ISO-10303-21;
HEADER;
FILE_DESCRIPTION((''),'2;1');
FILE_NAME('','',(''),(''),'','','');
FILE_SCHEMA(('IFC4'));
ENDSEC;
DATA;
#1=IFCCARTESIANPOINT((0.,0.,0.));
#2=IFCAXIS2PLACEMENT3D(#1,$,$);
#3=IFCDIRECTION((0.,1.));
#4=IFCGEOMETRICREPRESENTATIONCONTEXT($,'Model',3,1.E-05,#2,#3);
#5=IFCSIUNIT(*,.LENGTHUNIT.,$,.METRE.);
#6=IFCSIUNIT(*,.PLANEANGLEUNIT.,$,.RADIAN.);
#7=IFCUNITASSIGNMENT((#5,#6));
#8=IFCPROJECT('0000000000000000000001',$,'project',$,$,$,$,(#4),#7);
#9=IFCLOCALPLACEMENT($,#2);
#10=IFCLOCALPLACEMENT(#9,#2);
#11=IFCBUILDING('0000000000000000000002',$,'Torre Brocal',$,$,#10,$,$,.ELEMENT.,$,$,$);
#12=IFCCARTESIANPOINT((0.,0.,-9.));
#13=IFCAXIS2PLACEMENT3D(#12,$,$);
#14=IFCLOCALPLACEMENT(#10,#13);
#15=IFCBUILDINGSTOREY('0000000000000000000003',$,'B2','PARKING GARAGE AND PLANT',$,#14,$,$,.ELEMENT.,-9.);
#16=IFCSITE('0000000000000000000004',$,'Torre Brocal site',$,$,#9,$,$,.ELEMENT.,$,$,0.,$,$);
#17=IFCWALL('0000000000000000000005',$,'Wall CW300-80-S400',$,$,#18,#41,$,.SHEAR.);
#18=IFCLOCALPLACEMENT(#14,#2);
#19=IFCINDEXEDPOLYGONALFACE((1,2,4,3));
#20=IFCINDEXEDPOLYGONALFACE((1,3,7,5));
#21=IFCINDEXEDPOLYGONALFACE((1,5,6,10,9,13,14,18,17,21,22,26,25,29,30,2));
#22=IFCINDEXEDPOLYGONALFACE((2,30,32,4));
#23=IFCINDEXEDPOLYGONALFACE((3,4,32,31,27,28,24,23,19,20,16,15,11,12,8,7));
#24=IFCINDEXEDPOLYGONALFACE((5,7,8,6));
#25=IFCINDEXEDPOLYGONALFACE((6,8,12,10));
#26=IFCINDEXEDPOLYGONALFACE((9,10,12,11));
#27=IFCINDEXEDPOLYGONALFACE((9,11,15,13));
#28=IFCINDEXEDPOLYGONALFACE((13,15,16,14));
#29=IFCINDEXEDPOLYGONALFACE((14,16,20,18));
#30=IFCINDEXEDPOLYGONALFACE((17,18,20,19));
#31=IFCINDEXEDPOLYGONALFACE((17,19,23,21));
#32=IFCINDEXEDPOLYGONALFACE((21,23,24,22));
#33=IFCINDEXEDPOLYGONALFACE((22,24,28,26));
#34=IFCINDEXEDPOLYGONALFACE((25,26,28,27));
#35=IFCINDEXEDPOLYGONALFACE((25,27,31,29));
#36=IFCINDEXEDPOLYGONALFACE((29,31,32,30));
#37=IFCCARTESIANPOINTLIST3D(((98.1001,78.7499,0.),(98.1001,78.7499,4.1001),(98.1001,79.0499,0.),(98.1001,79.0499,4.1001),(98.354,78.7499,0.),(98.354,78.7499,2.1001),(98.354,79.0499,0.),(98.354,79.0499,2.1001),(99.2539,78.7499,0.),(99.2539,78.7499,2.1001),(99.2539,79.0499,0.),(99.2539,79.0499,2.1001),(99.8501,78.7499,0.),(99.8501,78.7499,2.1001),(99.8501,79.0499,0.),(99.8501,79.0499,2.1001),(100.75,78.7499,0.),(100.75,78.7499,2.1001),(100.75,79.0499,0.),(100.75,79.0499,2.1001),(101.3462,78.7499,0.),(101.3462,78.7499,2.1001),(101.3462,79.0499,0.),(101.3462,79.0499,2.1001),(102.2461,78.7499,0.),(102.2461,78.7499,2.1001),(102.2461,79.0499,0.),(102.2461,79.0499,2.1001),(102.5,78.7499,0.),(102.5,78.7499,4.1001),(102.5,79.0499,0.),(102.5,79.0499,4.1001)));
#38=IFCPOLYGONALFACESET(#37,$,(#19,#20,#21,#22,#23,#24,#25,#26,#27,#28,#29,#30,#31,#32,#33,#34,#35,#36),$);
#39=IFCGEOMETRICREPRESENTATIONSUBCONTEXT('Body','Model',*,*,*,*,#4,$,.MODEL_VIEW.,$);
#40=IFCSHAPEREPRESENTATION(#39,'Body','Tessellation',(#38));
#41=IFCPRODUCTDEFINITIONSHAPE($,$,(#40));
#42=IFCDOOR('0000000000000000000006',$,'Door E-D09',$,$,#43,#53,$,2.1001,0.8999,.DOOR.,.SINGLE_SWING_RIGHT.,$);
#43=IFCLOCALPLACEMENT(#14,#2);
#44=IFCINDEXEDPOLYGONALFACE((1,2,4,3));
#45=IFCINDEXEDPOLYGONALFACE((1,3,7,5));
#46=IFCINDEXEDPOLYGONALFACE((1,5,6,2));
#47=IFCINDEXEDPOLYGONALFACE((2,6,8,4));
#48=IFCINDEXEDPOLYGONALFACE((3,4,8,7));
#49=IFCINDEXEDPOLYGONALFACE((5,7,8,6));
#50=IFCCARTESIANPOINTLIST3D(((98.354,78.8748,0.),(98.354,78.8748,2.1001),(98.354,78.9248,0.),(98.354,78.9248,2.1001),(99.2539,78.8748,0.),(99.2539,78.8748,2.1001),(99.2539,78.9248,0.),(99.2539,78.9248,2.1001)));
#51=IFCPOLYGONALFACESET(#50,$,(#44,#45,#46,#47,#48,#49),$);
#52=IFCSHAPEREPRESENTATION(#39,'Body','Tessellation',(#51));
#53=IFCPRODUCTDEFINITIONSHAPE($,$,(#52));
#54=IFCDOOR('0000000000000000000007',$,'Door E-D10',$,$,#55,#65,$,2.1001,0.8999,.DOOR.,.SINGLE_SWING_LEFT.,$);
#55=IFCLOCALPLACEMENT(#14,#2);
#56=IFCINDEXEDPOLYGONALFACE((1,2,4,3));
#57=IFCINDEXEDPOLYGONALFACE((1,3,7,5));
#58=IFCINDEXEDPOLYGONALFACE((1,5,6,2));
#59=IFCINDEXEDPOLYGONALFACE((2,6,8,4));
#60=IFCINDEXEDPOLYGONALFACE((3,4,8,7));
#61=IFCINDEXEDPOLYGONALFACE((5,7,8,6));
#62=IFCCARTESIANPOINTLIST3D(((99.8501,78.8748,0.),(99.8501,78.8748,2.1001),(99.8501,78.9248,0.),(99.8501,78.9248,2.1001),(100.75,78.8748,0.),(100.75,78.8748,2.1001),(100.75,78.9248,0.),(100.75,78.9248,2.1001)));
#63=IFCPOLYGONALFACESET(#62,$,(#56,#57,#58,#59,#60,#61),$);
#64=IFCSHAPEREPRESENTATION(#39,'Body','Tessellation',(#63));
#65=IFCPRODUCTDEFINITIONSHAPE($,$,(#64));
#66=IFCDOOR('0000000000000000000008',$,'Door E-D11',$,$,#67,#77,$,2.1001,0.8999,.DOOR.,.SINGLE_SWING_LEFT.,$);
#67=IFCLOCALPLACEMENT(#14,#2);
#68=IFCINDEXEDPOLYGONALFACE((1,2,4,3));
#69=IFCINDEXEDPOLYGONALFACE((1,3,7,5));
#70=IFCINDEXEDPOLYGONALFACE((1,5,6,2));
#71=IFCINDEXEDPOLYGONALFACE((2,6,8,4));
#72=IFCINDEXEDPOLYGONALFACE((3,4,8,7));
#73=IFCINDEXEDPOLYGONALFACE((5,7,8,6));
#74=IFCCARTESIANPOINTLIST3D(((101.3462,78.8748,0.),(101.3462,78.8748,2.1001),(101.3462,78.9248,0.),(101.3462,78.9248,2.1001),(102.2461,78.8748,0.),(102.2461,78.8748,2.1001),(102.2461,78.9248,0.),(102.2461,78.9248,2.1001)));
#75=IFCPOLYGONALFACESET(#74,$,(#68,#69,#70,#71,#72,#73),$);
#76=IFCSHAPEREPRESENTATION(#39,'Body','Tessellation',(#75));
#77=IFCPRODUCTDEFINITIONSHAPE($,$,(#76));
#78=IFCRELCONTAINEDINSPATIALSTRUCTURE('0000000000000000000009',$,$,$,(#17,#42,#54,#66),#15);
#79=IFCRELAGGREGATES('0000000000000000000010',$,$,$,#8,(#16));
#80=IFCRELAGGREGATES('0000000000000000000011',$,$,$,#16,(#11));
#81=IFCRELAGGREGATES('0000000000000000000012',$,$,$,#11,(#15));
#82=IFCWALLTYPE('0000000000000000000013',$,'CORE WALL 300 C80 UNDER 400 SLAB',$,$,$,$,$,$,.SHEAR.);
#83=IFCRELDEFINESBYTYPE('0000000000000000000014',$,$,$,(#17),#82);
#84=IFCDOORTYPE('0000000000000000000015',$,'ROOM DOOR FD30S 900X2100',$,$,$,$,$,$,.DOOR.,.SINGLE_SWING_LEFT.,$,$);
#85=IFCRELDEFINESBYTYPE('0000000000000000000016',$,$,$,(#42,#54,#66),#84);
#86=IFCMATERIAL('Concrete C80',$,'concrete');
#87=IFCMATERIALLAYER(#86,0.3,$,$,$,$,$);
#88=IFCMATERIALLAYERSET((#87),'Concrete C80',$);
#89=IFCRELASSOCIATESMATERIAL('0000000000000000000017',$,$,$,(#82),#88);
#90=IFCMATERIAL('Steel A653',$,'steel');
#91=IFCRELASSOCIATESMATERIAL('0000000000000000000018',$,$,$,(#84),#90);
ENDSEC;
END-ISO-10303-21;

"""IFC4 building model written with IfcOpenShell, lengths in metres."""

from ifc_helpers import new_model, si_unit, direction, frame, frame_2d, origin, place, context, subcontext, project, spatial, rectangle, extrude, material, layer, layer_set, type_object, element, fill, save


model = new_model("IFC4")

# Units and contexts
model_context = context("Model", 3, precision=1e-05, world=origin(), true_north=direction((0.0, 1.0)))
body_context = subcontext(model_context, "Body", "Model", "MODEL_VIEW")
ifc_project = project(units=[si_unit("LENGTHUNIT", "METRE"), si_unit("PLANEANGLEUNIT", "RADIAN")], contexts=[model_context])

# Site, building, storey
site_placement = place(None, origin())
site = spatial("IfcSite", under=ifc_project, at=site_placement, Name="Torre Brocal site", CompositionType="ELEMENT", RefElevation=0.0)
building_placement = place(site_placement, origin())
building = spatial("IfcBuilding", under=site, at=building_placement, Name="Torre Brocal", CompositionType="ELEMENT")
storey_placement = place(building_placement, frame((0.0, 0.0, -9.0)))
storey = spatial("IfcBuildingStorey", under=building, at=storey_placement, Name="B2", Description="PARKING GARAGE AND PLANT", CompositionType="ELEMENT", Elevation=-9.0)

# Shared definitions
ifc_material_1 = material(Name="Concrete C80", Category="concrete")
ifc_layer_1 = layer(ifc_material_1, 0.3)
ifc_layer_set_1 = layer_set([ifc_layer_1], Name="Concrete C80")
wall_type_1 = type_object("IfcWallType", Name="CORE WALL 300 C80 UNDER 400 SLAB", PredefinedType="SHEAR", material=ifc_layer_set_1)

# Wall, openings, doors
wall_1_placement = place(storey_placement, frame((98.1001, 78.8999, 0.0), z_axis=(0.0, 0.0, 1.0), x_axis=(1.0, 0.0, 0.0)))
wall_1 = element("IfcWall", 1, at=wall_1_placement, inside=storey, type_object=wall_type_1, Name="Wall CW300-80-S400", PredefinedType="SHEAR", context=body_context, shape_type="SweptSolid", body=[
    extrude(rectangle(XDim=4.3999, YDim=0.3, at=frame_2d((2.2, 0.0))), origin(), (0.0, 0.0, 1.0), 4.1001),
])
opening_1_placement = place(wall_1_placement, frame((0.2539, 0.0, 0.0)))
opening_1 = element("IfcOpeningElement", 2, at=opening_1_placement, cuts=wall_1, PredefinedType="OPENING", context=body_context, shape_type="SweptSolid", body=[
    extrude(rectangle(XDim=0.8999, YDim=2.1001, at=frame_2d((0.45, 1.05))), frame((0.0, 0.1599, 0.0), z_axis=(0.0, -1.0, 0.0), x_axis=(1.0, 0.0, 0.0)), (0.0, 0.0, 1.0), 0.3201),
])
opening_2_placement = place(wall_1_placement, frame((1.75, 0.0, 0.0)))
opening_2 = element("IfcOpeningElement", 3, at=opening_2_placement, cuts=wall_1, PredefinedType="OPENING", context=body_context, shape_type="SweptSolid", body=[
    extrude(rectangle(XDim=0.8999, YDim=2.1001, at=frame_2d((0.45, 1.05))), frame((0.0, 0.1599, 0.0), z_axis=(0.0, -1.0, 0.0), x_axis=(1.0, 0.0, 0.0)), (0.0, 0.0, 1.0), 0.3201),
])
opening_3_placement = place(wall_1_placement, frame((3.2461, 0.0, 0.0)))
opening_3 = element("IfcOpeningElement", 4, at=opening_3_placement, cuts=wall_1, PredefinedType="OPENING", context=body_context, shape_type="SweptSolid", body=[
    extrude(rectangle(XDim=0.8999, YDim=2.1001, at=frame_2d((0.45, 1.05))), frame((0.0, 0.1599, 0.0), z_axis=(0.0, -1.0, 0.0), x_axis=(1.0, 0.0, 0.0)), (0.0, 0.0, 1.0), 0.3201),
])
ifc_material_2 = material(Name="Steel A653", Category="steel")
door_type_1 = type_object("IfcDoorType", Name="ROOM DOOR FD30S 900X2100", OperationType="SINGLE_SWING_LEFT", PredefinedType="DOOR", material=ifc_material_2)
door_1_placement = place(opening_1_placement, origin())
door_1 = element("IfcDoor", 5, at=door_1_placement, inside=storey, type_object=door_type_1, Name="Door E-D09", OperationType="SINGLE_SWING_RIGHT", OverallHeight=2.1001, OverallWidth=0.8999, PredefinedType="DOOR", context=body_context, shape_type="SweptSolid", body=[
    extrude(rectangle(XDim=0.8999, YDim=2.1001, at=frame_2d((0.45, 1.05))), frame((0.0, 0.0249, 0.0), z_axis=(0.0, -1.0, 0.0), x_axis=(1.0, 0.0, 0.0)), (0.0, 0.0, 1.0), 0.05),
])
fill(opening_1, door_1)
door_2_placement = place(opening_2_placement, origin())
door_2 = element("IfcDoor", 6, at=door_2_placement, inside=storey, type_object=door_type_1, Name="Door E-D10", OperationType="SINGLE_SWING_LEFT", OverallHeight=2.1001, OverallWidth=0.8999, PredefinedType="DOOR", context=body_context, shape_type="SweptSolid", body=[
    extrude(rectangle(XDim=0.8999, YDim=2.1001, at=frame_2d((0.45, 1.05))), frame((0.0, 0.0249, 0.0), z_axis=(0.0, -1.0, 0.0), x_axis=(1.0, 0.0, 0.0)), (0.0, 0.0, 1.0), 0.05),
])
fill(opening_2, door_2)
door_3_placement = place(opening_3_placement, origin())
door_3 = element("IfcDoor", 7, at=door_3_placement, inside=storey, type_object=door_type_1, Name="Door E-D11", OperationType="SINGLE_SWING_LEFT", OverallHeight=2.1001, OverallWidth=0.8999, PredefinedType="DOOR", context=body_context, shape_type="SweptSolid", body=[
    extrude(rectangle(XDim=0.8999, YDim=2.1001, at=frame_2d((0.45, 1.05))), frame((0.0, 0.0249, 0.0), z_axis=(0.0, -1.0, 0.0), x_axis=(1.0, 0.0, 0.0)), (0.0, 0.0, 1.0), 0.05),
])
fill(opening_3, door_3)

save(model, "model.ifc")
